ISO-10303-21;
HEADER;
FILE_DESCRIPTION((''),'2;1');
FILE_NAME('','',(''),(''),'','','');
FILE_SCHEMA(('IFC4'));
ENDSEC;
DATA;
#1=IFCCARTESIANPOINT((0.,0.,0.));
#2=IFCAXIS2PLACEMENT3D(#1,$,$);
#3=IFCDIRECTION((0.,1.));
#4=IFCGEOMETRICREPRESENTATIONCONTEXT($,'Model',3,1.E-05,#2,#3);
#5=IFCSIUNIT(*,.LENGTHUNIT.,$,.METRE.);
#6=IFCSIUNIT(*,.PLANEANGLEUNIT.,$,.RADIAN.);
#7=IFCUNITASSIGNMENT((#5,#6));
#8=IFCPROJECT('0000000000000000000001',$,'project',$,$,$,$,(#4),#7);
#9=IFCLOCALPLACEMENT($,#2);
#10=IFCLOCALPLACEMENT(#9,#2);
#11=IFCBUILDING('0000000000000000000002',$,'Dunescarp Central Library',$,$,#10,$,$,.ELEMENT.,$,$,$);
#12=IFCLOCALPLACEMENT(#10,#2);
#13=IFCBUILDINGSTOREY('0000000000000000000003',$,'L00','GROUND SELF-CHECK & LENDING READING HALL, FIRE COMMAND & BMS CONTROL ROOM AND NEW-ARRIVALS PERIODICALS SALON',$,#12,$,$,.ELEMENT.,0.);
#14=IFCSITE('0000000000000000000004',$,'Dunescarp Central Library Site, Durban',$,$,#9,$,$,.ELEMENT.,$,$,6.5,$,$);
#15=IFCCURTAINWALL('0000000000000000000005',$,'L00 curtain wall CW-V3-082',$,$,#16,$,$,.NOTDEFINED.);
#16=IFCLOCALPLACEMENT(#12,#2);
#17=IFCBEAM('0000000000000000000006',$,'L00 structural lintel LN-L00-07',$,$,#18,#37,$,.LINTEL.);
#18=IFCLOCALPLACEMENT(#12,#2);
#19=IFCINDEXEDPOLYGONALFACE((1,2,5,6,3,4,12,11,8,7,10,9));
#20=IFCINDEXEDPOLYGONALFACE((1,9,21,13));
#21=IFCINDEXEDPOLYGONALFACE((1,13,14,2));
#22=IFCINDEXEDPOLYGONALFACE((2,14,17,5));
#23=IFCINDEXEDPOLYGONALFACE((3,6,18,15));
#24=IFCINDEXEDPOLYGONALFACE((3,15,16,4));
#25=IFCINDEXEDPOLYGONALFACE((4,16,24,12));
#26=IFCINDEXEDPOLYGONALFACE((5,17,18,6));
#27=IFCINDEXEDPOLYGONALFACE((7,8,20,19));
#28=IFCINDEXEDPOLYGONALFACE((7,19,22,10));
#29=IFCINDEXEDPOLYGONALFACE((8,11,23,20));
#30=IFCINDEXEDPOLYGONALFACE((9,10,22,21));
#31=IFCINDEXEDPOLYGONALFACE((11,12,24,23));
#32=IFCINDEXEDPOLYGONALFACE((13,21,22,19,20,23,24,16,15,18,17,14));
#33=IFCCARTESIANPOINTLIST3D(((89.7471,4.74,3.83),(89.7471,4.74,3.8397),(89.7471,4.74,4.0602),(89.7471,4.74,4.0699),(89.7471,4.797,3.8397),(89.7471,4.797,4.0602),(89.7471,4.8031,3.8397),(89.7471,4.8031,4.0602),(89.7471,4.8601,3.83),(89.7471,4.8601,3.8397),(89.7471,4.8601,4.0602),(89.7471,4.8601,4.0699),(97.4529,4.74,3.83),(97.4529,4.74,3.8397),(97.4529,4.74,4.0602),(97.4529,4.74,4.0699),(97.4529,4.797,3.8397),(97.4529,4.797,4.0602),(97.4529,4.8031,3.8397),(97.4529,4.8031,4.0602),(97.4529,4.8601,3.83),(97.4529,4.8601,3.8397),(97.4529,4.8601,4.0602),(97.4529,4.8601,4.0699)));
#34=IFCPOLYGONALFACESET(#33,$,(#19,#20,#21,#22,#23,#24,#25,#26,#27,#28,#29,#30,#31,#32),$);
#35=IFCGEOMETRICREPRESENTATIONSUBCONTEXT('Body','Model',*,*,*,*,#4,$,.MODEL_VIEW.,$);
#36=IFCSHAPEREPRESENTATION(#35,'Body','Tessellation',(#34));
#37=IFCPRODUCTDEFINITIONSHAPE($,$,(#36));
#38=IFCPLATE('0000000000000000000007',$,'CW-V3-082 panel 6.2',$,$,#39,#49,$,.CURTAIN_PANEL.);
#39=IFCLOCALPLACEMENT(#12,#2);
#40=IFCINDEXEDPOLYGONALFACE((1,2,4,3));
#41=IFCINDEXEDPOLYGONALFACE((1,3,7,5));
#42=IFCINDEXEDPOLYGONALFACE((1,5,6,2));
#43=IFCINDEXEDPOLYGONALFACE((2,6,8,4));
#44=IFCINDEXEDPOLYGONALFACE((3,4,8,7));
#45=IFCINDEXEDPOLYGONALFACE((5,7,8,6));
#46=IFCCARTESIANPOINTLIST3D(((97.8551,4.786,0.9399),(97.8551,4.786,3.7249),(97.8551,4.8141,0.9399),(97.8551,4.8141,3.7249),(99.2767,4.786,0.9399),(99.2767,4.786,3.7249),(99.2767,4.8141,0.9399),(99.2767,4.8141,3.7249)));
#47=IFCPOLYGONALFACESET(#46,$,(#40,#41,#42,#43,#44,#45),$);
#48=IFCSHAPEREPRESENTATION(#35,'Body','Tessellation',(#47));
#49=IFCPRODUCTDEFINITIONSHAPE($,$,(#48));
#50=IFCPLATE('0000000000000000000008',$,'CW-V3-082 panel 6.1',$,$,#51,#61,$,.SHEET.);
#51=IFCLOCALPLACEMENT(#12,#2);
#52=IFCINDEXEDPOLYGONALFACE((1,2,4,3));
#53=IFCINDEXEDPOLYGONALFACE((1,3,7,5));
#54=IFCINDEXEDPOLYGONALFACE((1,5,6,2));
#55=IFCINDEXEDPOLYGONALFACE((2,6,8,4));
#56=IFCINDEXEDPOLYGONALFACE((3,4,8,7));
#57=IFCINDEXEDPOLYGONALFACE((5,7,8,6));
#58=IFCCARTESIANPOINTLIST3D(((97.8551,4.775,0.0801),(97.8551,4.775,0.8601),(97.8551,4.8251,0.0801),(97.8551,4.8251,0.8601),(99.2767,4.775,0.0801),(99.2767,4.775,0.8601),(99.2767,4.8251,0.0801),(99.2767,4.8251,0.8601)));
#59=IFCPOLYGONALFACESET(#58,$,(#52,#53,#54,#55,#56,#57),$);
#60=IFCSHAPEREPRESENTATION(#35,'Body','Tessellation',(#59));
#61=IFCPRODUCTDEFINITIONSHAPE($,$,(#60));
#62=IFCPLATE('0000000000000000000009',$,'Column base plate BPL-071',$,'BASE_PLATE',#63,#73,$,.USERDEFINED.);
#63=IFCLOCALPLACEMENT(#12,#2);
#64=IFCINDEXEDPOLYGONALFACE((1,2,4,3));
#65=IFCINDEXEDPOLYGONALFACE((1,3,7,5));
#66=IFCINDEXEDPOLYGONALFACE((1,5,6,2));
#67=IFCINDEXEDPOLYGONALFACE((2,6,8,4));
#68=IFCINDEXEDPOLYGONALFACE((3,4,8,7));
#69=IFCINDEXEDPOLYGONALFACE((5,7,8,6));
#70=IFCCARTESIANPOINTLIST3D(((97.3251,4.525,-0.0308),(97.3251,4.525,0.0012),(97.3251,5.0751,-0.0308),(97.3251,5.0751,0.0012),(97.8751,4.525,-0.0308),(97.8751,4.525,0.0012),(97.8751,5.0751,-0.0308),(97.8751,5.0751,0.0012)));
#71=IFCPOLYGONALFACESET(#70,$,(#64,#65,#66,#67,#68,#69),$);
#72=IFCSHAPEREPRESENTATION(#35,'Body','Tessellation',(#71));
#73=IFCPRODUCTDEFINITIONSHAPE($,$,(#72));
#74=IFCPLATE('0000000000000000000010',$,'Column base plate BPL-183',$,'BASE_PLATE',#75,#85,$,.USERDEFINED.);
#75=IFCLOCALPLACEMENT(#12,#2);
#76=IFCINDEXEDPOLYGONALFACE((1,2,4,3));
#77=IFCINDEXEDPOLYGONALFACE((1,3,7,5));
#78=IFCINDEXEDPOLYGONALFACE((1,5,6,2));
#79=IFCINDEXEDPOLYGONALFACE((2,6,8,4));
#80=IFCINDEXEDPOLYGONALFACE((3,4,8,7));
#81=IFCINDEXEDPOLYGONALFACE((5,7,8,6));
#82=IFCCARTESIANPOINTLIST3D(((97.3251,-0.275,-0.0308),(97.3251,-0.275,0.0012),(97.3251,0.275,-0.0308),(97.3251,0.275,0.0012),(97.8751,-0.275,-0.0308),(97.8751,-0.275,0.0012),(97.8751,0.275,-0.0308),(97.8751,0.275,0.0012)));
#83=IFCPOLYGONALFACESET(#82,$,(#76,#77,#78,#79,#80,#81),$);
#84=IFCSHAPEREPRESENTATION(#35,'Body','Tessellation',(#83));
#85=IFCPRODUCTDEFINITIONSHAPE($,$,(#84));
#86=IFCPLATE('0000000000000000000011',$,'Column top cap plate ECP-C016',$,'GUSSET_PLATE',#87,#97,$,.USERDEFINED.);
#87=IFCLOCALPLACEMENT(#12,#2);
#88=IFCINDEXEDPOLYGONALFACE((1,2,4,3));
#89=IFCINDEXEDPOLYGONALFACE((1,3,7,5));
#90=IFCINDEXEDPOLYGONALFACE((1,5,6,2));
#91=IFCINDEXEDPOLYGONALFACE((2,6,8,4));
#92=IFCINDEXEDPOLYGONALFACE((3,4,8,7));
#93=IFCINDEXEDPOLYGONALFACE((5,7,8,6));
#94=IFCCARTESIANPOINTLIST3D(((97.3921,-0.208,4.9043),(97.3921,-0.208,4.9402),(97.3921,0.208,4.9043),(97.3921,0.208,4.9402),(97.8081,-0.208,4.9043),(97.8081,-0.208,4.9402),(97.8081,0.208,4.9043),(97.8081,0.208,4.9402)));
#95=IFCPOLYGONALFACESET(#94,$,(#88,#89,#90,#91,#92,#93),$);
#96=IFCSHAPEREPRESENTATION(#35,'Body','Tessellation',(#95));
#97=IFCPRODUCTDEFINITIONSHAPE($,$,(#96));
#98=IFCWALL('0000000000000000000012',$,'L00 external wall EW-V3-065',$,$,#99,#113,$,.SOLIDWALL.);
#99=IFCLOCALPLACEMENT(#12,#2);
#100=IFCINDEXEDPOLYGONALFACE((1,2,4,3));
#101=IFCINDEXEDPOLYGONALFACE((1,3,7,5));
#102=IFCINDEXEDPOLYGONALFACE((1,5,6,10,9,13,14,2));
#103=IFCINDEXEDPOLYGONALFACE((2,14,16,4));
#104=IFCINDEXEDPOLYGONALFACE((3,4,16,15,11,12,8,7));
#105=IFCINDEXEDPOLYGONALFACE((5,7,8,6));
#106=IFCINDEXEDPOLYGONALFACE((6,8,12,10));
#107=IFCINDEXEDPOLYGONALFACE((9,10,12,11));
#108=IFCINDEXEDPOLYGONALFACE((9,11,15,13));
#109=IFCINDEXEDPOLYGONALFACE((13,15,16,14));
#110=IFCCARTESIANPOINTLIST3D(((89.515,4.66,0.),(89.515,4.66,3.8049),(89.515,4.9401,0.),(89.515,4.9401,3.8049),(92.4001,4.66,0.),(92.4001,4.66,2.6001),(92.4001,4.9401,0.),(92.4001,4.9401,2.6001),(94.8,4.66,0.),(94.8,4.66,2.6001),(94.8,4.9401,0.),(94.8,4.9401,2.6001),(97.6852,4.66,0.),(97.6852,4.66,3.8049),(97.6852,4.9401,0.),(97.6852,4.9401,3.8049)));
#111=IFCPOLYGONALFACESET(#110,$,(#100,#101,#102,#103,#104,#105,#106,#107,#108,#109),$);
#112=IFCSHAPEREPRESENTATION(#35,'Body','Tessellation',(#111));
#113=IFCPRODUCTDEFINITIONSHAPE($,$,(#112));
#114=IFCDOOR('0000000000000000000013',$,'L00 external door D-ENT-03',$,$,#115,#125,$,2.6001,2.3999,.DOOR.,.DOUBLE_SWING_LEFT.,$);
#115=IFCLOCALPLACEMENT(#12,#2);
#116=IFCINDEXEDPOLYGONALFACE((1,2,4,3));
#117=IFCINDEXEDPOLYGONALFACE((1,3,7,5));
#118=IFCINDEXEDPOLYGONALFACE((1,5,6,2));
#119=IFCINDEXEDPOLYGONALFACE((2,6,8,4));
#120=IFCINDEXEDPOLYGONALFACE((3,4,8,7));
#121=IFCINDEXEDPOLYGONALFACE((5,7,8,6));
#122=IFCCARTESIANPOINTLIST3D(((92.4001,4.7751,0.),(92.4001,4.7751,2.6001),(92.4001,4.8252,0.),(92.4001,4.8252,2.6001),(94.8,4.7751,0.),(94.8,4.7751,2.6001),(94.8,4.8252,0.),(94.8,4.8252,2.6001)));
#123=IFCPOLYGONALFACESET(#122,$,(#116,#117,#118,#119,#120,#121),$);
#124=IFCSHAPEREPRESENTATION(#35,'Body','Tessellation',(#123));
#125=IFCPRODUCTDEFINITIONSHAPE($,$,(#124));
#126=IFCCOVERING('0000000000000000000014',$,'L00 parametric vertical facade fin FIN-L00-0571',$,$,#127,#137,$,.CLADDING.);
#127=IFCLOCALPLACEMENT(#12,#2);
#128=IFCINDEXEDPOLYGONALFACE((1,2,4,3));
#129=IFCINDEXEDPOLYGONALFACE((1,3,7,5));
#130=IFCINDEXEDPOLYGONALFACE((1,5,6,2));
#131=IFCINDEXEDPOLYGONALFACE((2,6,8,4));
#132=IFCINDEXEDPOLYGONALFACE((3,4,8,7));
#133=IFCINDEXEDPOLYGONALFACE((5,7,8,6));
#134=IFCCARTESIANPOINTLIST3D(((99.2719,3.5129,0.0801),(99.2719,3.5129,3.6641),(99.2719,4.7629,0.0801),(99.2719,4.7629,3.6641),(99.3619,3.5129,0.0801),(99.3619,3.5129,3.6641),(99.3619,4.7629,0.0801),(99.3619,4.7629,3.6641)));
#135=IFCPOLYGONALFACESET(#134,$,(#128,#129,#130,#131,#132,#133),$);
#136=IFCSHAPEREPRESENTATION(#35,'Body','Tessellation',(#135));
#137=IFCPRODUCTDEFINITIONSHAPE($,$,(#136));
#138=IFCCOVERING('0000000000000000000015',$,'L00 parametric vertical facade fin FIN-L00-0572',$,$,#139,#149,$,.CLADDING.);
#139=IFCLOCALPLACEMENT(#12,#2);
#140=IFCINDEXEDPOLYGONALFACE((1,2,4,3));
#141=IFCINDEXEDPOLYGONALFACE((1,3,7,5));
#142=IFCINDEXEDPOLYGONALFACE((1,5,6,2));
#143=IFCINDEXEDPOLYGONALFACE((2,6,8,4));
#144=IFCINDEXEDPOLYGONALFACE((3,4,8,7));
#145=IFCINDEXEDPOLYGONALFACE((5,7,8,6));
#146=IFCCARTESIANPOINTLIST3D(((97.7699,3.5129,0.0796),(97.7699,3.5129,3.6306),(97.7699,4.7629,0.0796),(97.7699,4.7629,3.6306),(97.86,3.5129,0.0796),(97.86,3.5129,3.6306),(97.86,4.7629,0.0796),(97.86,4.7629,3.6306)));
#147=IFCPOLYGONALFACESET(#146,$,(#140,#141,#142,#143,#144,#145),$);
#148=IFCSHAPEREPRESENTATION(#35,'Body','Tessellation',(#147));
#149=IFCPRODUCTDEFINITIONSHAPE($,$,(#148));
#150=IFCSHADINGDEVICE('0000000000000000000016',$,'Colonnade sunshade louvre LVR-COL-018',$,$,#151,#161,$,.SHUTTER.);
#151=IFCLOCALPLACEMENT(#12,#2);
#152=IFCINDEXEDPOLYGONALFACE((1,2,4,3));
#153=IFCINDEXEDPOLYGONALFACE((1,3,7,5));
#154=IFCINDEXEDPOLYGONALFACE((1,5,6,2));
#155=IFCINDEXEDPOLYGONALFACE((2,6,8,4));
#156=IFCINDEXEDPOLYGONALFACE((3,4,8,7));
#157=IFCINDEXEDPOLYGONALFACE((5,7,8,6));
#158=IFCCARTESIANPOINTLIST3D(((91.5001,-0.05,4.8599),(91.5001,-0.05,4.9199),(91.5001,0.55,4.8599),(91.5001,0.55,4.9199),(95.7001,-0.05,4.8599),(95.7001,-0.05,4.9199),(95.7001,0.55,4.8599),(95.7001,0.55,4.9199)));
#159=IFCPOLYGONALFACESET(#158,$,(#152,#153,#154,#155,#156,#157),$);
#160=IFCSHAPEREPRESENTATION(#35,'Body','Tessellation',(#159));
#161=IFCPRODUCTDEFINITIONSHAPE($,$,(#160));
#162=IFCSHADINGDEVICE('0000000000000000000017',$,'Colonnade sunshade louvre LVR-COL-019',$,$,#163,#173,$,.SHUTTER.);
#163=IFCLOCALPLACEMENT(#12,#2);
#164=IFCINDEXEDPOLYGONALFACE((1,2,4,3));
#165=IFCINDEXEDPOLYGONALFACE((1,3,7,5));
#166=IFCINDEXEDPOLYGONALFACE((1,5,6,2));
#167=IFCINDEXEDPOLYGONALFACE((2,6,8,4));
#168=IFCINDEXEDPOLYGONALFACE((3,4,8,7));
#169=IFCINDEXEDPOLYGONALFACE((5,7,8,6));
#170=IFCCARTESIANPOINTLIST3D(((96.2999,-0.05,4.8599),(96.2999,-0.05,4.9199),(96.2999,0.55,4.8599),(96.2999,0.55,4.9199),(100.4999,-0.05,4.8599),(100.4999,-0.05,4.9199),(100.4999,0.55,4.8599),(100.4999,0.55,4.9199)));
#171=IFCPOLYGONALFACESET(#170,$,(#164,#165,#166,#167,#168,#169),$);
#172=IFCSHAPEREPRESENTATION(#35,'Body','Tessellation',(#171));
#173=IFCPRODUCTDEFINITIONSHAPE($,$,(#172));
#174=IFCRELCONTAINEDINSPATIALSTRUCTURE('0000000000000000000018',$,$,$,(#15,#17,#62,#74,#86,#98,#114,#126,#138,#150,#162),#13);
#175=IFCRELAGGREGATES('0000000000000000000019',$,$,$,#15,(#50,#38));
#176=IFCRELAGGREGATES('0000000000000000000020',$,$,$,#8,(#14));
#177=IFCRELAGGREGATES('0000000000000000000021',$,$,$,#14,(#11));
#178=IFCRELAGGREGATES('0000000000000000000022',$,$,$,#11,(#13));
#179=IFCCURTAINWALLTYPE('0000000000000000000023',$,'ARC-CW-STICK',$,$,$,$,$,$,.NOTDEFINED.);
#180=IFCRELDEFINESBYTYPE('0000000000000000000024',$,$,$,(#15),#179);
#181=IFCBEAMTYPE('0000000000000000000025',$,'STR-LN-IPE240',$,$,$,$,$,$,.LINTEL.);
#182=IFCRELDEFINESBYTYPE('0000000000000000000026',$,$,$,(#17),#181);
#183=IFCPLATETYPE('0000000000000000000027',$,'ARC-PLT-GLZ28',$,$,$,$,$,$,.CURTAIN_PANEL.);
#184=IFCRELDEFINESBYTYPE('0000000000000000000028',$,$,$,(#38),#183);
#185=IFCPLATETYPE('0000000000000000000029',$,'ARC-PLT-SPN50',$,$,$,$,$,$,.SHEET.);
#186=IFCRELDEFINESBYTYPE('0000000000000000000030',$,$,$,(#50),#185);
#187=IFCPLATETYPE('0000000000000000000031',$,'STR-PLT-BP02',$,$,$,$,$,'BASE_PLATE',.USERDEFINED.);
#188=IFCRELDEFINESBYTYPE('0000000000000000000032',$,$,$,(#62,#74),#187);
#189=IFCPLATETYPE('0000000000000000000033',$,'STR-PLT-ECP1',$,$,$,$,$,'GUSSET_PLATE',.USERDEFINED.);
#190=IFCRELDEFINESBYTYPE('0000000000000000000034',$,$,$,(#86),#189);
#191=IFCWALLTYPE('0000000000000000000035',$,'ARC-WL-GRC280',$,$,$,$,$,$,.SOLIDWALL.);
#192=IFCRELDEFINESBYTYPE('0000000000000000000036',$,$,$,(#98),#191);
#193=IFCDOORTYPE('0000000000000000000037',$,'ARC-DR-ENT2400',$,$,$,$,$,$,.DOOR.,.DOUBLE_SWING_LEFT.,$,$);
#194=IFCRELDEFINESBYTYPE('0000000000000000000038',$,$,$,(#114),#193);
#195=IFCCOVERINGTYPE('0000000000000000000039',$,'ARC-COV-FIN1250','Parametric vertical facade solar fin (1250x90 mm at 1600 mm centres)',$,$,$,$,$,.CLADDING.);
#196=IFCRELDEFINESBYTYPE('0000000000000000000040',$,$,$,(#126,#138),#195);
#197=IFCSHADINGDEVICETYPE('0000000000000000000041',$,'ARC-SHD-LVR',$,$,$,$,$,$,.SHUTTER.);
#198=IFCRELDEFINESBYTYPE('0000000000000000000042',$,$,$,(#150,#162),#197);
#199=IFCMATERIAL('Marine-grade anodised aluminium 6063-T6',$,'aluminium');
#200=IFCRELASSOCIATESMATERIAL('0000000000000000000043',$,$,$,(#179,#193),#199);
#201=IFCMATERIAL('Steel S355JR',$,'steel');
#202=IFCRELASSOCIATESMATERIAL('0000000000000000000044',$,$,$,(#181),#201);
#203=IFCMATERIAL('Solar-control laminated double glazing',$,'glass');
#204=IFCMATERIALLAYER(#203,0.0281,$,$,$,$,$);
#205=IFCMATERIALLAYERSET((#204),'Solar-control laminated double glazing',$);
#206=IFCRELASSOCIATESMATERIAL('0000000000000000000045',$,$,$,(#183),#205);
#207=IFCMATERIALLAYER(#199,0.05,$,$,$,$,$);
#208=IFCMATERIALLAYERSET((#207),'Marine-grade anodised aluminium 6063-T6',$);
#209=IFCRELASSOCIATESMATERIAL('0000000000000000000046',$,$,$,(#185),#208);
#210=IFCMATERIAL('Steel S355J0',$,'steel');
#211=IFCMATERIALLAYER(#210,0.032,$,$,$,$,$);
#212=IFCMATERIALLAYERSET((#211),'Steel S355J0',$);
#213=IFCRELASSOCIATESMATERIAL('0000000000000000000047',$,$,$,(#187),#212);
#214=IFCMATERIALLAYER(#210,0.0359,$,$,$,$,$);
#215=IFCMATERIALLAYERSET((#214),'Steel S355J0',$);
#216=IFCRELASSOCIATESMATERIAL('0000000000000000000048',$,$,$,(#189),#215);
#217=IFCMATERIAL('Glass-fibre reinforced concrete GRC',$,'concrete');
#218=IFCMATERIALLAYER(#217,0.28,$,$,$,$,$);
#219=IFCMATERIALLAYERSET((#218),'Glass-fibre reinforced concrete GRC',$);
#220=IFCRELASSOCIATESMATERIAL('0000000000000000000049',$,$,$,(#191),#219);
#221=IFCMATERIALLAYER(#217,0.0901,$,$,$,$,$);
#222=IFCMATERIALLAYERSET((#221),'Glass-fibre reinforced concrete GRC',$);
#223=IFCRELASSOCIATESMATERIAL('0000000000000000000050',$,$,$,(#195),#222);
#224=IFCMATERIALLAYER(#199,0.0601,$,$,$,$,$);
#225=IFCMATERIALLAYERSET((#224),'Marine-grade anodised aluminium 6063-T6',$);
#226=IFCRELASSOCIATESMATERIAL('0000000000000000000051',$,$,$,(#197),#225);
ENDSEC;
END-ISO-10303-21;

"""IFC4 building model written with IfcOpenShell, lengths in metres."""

from ifc_helpers import new_model, si_unit, direction, frame, frame_2d, origin, origin_2d, place, context, subcontext, project, spatial, rectangle, i_section, extrude, material, layer, layer_set, material_profile, profile_set, type_object, element, fill, aggregate, save


model = new_model("IFC4")

# Units and contexts
model_context = context("Model", 3, precision=1e-05, world=origin(), true_north=direction((0.0, 1.0)))
body_context = subcontext(model_context, "Body", "Model", "MODEL_VIEW")
ifc_project = project(units=[si_unit("LENGTHUNIT", "METRE"), si_unit("PLANEANGLEUNIT", "RADIAN")], contexts=[model_context])

# Site, building, storey
site_placement = place(None, origin())
site = spatial("IfcSite", under=ifc_project, at=site_placement, Name="Dunescarp Central Library Site, Durban", CompositionType="ELEMENT", RefElevation=6.5)
building_placement = place(site_placement, origin())
building = spatial("IfcBuilding", under=site, at=building_placement, Name="Dunescarp Central Library", CompositionType="ELEMENT")
storey_placement = place(building_placement, origin())
storey = spatial("IfcBuildingStorey", under=building, at=storey_placement, Name="L00", Description="GROUND SELF-CHECK & LENDING READING HALL, FIRE COMMAND & BMS CONTROL ROOM AND NEW-ARRIVALS PERIODICALS SALON", CompositionType="ELEMENT", Elevation=0.0)

# Shared definitions
ifc_material_1 = material(Name="Steel S355J0", Category="steel")
ifc_material_2 = material(Name="Steel S355JR", Category="steel")

# Curtain wall
ifc_material_3 = material(Name="Marine-grade anodised aluminium 6063-T6", Category="aluminium")
curtain_wall_type = type_object("IfcCurtainWallType", Name="ARC-CW-STICK", PredefinedType="NOTDEFINED", material=ifc_material_3)
curtain_wall_placement = place(storey_placement, origin())
curtain_wall = element("IfcCurtainWall", 1, at=curtain_wall_placement, inside=storey, type_object=curtain_wall_type, Name="L00 curtain wall CW-V3-082", PredefinedType="NOTDEFINED")

# Beam
ifc_material_profile_1 = material_profile(ifc_material_2, i_section(OverallWidth=0.1201, OverallDepth=0.24, WebThickness=0.0061, FlangeThickness=0.0098, at=origin_2d()), Name="IPE 240")
ifc_profile_set_1 = profile_set([ifc_material_profile_1], Name="Steel S355JR")
beam_type = type_object("IfcBeamType", Name="STR-LN-IPE240", PredefinedType="LINTEL", material=ifc_profile_set_1)
beam_placement = place(storey_placement, frame((89.7471, 4.8, 3.95), z_axis=(1.0, 0.0, 0.0), x_axis=(0.0, 1.0, 0.0)))
element("IfcBeam", 2, at=beam_placement, inside=storey, type_object=beam_type, Name="L00 structural lintel LN-L00-07", PredefinedType="LINTEL", context=body_context, shape_type="SweptSolid", body=[
    extrude(i_section(OverallWidth=0.1201, OverallDepth=0.24, WebThickness=0.0061, FlangeThickness=0.0098, at=origin_2d()), origin(), (0.0, 0.0, 1.0), 7.7058),
])

# Plates
ifc_material_4 = material(Name="Solar-control laminated double glazing", Category="glass")
ifc_layer_1 = layer(ifc_material_4, 0.0281)
ifc_layer_set_1 = layer_set([ifc_layer_1], Name="Solar-control laminated double glazing")
plate_type_1 = type_object("IfcPlateType", Name="ARC-PLT-GLZ28", PredefinedType="CURTAIN_PANEL", material=ifc_layer_set_1)
plate_1_placement = place(storey_placement, frame((98.5659, 4.8, 0.9399), z_axis=(0.0, 0.0, 1.0), x_axis=(-1.0, 0.0, 0.0)))
plate_1 = element("IfcPlate", 3, at=plate_1_placement, type_object=plate_type_1, Name="CW-V3-082 panel 6.2", PredefinedType="CURTAIN_PANEL", context=body_context, shape_type="SweptSolid", body=[
    extrude(rectangle(XDim=1.4216, YDim=0.0281, at=origin_2d()), origin(), (0.0, 0.0, 1.0), 2.7849),
])
ifc_layer_2 = layer(ifc_material_3, 0.05)
ifc_layer_set_2 = layer_set([ifc_layer_2], Name="Marine-grade anodised aluminium 6063-T6")
plate_type_2 = type_object("IfcPlateType", Name="ARC-PLT-SPN50", PredefinedType="SHEET", material=ifc_layer_set_2)
plate_2_placement = place(storey_placement, frame((98.5659, 4.8, 0.0801), z_axis=(0.0, 0.0, 1.0), x_axis=(-1.0, 0.0, 0.0)))
plate_2 = element("IfcPlate", 4, at=plate_2_placement, type_object=plate_type_2, Name="CW-V3-082 panel 6.1", PredefinedType="SHEET", context=body_context, shape_type="SweptSolid", body=[
    extrude(rectangle(XDim=1.4216, YDim=0.05, at=origin_2d()), origin(), (0.0, 0.0, 1.0), 0.78),
])
aggregate(curtain_wall, [plate_2, plate_1])

# Plates
ifc_layer_3 = layer(ifc_material_1, 0.032)
ifc_layer_set_3 = layer_set([ifc_layer_3], Name="Steel S355J0")
plate_type_3 = type_object("IfcPlateType", Name="STR-PLT-BP02", ElementType="BASE_PLATE", PredefinedType="USERDEFINED", material=ifc_layer_set_3)
for number, where, z_axis, x_axis, name in (
    (5, (97.6001, 4.8, -0.0308), (0.0, 0.0, 1.0), (1.0, 0.0, 0.0), "Column base plate BPL-071"),
    (6, (97.6001, 0.0, -0.0308), (0.0, 0.0, 1.0), (1.0, 0.0, 0.0), "Column base plate BPL-183"),
):
    element("IfcPlate", number, at=place(storey_placement, frame(where, z_axis=z_axis, x_axis=x_axis)), inside=storey, type_object=plate_type_3, Name=name, ObjectType="BASE_PLATE", PredefinedType="USERDEFINED", context=body_context, shape_type="SweptSolid", body=[
        extrude(rectangle(XDim=0.55, YDim=0.55, at=origin_2d()), origin(), (0.0, 0.0, 1.0), 0.032),
    ])
ifc_layer_4 = layer(ifc_material_1, 0.0359)
ifc_layer_set_4 = layer_set([ifc_layer_4], Name="Steel S355J0")
plate_type_4 = type_object("IfcPlateType", Name="STR-PLT-ECP1", ElementType="GUSSET_PLATE", PredefinedType="USERDEFINED", material=ifc_layer_set_4)
plate_3_placement = place(storey_placement, frame((97.6001, 0.0, 4.9043), z_axis=(0.0, 0.0, 1.0), x_axis=(1.0, 0.0, 0.0)))
element("IfcPlate", 7, at=plate_3_placement, inside=storey, type_object=plate_type_4, Name="Column top cap plate ECP-C016", ObjectType="GUSSET_PLATE", PredefinedType="USERDEFINED", context=body_context, shape_type="SweptSolid", body=[
    extrude(rectangle(XDim=0.416, YDim=0.416, at=origin_2d()), origin(), (0.0, 0.0, 1.0), 0.0359),
])

# Wall, opening, door
ifc_material_5 = material(Name="Glass-fibre reinforced concrete GRC", Category="concrete")
ifc_layer_5 = layer(ifc_material_5, 0.28)
ifc_layer_set_5 = layer_set([ifc_layer_5], Name="Glass-fibre reinforced concrete GRC")
wall_type = type_object("IfcWallType", Name="ARC-WL-GRC280", PredefinedType="SOLIDWALL", material=ifc_layer_set_5)
wall_placement = place(storey_placement, frame((97.6851, 4.8, 0.0), z_axis=(0.0, 0.0, 1.0), x_axis=(-1.0, 0.0, 0.0)))
wall = element("IfcWall", 8, at=wall_placement, inside=storey, type_object=wall_type, Name="L00 external wall EW-V3-065", PredefinedType="SOLIDWALL", context=body_context, shape_type="SweptSolid", body=[
    extrude(rectangle(XDim=8.1702, YDim=0.28, at=frame_2d((4.085, 0.0))), origin(), (0.0, 0.0, 1.0), 3.8049),
])
opening_placement = place(wall_placement, frame((2.885, 0.0, 0.0)))
opening = element("IfcOpeningElement", 9, at=opening_placement, cuts=wall, PredefinedType="OPENING", context=body_context, shape_type="SweptSolid", body=[
    extrude(rectangle(XDim=2.3999, YDim=2.6001, at=frame_2d((1.2, 1.3))), frame((0.0, 0.1499, 0.0), z_axis=(0.0, -1.0, 0.0), x_axis=(1.0, 0.0, 0.0)), (0.0, 0.0, 1.0), 0.3),
])
door_type = type_object("IfcDoorType", Name="ARC-DR-ENT2400", OperationType="DOUBLE_SWING_LEFT", PredefinedType="DOOR", material=ifc_material_3)
door_placement = place(opening_placement, origin())
door = element("IfcDoor", 10, at=door_placement, inside=storey, type_object=door_type, Name="L00 external door D-ENT-03", OperationType="DOUBLE_SWING_LEFT", OverallHeight=2.6001, OverallWidth=2.3999, PredefinedType="DOOR", context=body_context, shape_type="SweptSolid", body=[
    extrude(rectangle(XDim=2.3999, YDim=2.6001, at=frame_2d((1.2, 1.3))), frame((0.0, 0.0249, 0.0), z_axis=(0.0, -1.0, 0.0), x_axis=(1.0, 0.0, 0.0)), (0.0, 0.0, 1.0), 0.05),
])
fill(opening, door)

# Coverings
ifc_layer_6 = layer(ifc_material_5, 0.0901)
ifc_layer_set_6 = layer_set([ifc_layer_6], Name="Glass-fibre reinforced concrete GRC")
covering_type = type_object("IfcCoveringType", Name="ARC-COV-FIN1250", Description="Parametric vertical facade solar fin (1250x90 mm at 1600 mm centres)", PredefinedType="CLADDING", material=ifc_layer_set_6)
covering_1_placement = place(storey_placement, frame((99.3169, 4.1379, 0.0801), z_axis=(0.0, 0.0, 1.0), x_axis=(0.0, -1.0, 0.0)))
element("IfcCovering", 11, at=covering_1_placement, inside=storey, type_object=covering_type, Name="L00 parametric vertical facade fin FIN-L00-0571", PredefinedType="CLADDING", context=body_context, shape_type="SweptSolid", body=[
    extrude(rectangle(XDim=1.25, YDim=0.0901, at=origin_2d()), origin(), (0.0, 0.0, 1.0), 3.584),
])
covering_2_placement = place(storey_placement, frame((97.8149, 4.1379, 0.0796), z_axis=(0.0, 0.0, 1.0), x_axis=(0.0, -1.0, 0.0)))
element("IfcCovering", 12, at=covering_2_placement, inside=storey, type_object=covering_type, Name="L00 parametric vertical facade fin FIN-L00-0572", PredefinedType="CLADDING", context=body_context, shape_type="SweptSolid", body=[
    extrude(rectangle(XDim=1.25, YDim=0.0901, at=origin_2d()), origin(), (0.0, 0.0, 1.0), 3.551),
])

# Shading devices
ifc_layer_7 = layer(ifc_material_3, 0.0601)
ifc_layer_set_7 = layer_set([ifc_layer_7], Name="Marine-grade anodised aluminium 6063-T6")
shading_device_type = type_object("IfcShadingDeviceType", Name="ARC-SHD-LVR", PredefinedType="SHUTTER", material=ifc_layer_set_7)
for number, where, z_axis, x_axis, name in (
    (13, (93.6001, 0.25, 4.8599), (0.0, 0.0, 1.0), (1.0, 0.0, 0.0), "Colonnade sunshade louvre LVR-COL-018"),
    (14, (98.3999, 0.25, 4.8599), (0.0, 0.0, 1.0), (1.0, 0.0, 0.0), "Colonnade sunshade louvre LVR-COL-019"),
):
    element("IfcShadingDevice", number, at=place(storey_placement, frame(where, z_axis=z_axis, x_axis=x_axis)), inside=storey, type_object=shading_device_type, Name=name, PredefinedType="SHUTTER", context=body_context, shape_type="SweptSolid", body=[
        extrude(rectangle(XDim=4.2, YDim=0.6001, at=origin_2d()), origin(), (0.0, 0.0, 1.0), 0.0601),
    ])

save(model, "model.ifc")
